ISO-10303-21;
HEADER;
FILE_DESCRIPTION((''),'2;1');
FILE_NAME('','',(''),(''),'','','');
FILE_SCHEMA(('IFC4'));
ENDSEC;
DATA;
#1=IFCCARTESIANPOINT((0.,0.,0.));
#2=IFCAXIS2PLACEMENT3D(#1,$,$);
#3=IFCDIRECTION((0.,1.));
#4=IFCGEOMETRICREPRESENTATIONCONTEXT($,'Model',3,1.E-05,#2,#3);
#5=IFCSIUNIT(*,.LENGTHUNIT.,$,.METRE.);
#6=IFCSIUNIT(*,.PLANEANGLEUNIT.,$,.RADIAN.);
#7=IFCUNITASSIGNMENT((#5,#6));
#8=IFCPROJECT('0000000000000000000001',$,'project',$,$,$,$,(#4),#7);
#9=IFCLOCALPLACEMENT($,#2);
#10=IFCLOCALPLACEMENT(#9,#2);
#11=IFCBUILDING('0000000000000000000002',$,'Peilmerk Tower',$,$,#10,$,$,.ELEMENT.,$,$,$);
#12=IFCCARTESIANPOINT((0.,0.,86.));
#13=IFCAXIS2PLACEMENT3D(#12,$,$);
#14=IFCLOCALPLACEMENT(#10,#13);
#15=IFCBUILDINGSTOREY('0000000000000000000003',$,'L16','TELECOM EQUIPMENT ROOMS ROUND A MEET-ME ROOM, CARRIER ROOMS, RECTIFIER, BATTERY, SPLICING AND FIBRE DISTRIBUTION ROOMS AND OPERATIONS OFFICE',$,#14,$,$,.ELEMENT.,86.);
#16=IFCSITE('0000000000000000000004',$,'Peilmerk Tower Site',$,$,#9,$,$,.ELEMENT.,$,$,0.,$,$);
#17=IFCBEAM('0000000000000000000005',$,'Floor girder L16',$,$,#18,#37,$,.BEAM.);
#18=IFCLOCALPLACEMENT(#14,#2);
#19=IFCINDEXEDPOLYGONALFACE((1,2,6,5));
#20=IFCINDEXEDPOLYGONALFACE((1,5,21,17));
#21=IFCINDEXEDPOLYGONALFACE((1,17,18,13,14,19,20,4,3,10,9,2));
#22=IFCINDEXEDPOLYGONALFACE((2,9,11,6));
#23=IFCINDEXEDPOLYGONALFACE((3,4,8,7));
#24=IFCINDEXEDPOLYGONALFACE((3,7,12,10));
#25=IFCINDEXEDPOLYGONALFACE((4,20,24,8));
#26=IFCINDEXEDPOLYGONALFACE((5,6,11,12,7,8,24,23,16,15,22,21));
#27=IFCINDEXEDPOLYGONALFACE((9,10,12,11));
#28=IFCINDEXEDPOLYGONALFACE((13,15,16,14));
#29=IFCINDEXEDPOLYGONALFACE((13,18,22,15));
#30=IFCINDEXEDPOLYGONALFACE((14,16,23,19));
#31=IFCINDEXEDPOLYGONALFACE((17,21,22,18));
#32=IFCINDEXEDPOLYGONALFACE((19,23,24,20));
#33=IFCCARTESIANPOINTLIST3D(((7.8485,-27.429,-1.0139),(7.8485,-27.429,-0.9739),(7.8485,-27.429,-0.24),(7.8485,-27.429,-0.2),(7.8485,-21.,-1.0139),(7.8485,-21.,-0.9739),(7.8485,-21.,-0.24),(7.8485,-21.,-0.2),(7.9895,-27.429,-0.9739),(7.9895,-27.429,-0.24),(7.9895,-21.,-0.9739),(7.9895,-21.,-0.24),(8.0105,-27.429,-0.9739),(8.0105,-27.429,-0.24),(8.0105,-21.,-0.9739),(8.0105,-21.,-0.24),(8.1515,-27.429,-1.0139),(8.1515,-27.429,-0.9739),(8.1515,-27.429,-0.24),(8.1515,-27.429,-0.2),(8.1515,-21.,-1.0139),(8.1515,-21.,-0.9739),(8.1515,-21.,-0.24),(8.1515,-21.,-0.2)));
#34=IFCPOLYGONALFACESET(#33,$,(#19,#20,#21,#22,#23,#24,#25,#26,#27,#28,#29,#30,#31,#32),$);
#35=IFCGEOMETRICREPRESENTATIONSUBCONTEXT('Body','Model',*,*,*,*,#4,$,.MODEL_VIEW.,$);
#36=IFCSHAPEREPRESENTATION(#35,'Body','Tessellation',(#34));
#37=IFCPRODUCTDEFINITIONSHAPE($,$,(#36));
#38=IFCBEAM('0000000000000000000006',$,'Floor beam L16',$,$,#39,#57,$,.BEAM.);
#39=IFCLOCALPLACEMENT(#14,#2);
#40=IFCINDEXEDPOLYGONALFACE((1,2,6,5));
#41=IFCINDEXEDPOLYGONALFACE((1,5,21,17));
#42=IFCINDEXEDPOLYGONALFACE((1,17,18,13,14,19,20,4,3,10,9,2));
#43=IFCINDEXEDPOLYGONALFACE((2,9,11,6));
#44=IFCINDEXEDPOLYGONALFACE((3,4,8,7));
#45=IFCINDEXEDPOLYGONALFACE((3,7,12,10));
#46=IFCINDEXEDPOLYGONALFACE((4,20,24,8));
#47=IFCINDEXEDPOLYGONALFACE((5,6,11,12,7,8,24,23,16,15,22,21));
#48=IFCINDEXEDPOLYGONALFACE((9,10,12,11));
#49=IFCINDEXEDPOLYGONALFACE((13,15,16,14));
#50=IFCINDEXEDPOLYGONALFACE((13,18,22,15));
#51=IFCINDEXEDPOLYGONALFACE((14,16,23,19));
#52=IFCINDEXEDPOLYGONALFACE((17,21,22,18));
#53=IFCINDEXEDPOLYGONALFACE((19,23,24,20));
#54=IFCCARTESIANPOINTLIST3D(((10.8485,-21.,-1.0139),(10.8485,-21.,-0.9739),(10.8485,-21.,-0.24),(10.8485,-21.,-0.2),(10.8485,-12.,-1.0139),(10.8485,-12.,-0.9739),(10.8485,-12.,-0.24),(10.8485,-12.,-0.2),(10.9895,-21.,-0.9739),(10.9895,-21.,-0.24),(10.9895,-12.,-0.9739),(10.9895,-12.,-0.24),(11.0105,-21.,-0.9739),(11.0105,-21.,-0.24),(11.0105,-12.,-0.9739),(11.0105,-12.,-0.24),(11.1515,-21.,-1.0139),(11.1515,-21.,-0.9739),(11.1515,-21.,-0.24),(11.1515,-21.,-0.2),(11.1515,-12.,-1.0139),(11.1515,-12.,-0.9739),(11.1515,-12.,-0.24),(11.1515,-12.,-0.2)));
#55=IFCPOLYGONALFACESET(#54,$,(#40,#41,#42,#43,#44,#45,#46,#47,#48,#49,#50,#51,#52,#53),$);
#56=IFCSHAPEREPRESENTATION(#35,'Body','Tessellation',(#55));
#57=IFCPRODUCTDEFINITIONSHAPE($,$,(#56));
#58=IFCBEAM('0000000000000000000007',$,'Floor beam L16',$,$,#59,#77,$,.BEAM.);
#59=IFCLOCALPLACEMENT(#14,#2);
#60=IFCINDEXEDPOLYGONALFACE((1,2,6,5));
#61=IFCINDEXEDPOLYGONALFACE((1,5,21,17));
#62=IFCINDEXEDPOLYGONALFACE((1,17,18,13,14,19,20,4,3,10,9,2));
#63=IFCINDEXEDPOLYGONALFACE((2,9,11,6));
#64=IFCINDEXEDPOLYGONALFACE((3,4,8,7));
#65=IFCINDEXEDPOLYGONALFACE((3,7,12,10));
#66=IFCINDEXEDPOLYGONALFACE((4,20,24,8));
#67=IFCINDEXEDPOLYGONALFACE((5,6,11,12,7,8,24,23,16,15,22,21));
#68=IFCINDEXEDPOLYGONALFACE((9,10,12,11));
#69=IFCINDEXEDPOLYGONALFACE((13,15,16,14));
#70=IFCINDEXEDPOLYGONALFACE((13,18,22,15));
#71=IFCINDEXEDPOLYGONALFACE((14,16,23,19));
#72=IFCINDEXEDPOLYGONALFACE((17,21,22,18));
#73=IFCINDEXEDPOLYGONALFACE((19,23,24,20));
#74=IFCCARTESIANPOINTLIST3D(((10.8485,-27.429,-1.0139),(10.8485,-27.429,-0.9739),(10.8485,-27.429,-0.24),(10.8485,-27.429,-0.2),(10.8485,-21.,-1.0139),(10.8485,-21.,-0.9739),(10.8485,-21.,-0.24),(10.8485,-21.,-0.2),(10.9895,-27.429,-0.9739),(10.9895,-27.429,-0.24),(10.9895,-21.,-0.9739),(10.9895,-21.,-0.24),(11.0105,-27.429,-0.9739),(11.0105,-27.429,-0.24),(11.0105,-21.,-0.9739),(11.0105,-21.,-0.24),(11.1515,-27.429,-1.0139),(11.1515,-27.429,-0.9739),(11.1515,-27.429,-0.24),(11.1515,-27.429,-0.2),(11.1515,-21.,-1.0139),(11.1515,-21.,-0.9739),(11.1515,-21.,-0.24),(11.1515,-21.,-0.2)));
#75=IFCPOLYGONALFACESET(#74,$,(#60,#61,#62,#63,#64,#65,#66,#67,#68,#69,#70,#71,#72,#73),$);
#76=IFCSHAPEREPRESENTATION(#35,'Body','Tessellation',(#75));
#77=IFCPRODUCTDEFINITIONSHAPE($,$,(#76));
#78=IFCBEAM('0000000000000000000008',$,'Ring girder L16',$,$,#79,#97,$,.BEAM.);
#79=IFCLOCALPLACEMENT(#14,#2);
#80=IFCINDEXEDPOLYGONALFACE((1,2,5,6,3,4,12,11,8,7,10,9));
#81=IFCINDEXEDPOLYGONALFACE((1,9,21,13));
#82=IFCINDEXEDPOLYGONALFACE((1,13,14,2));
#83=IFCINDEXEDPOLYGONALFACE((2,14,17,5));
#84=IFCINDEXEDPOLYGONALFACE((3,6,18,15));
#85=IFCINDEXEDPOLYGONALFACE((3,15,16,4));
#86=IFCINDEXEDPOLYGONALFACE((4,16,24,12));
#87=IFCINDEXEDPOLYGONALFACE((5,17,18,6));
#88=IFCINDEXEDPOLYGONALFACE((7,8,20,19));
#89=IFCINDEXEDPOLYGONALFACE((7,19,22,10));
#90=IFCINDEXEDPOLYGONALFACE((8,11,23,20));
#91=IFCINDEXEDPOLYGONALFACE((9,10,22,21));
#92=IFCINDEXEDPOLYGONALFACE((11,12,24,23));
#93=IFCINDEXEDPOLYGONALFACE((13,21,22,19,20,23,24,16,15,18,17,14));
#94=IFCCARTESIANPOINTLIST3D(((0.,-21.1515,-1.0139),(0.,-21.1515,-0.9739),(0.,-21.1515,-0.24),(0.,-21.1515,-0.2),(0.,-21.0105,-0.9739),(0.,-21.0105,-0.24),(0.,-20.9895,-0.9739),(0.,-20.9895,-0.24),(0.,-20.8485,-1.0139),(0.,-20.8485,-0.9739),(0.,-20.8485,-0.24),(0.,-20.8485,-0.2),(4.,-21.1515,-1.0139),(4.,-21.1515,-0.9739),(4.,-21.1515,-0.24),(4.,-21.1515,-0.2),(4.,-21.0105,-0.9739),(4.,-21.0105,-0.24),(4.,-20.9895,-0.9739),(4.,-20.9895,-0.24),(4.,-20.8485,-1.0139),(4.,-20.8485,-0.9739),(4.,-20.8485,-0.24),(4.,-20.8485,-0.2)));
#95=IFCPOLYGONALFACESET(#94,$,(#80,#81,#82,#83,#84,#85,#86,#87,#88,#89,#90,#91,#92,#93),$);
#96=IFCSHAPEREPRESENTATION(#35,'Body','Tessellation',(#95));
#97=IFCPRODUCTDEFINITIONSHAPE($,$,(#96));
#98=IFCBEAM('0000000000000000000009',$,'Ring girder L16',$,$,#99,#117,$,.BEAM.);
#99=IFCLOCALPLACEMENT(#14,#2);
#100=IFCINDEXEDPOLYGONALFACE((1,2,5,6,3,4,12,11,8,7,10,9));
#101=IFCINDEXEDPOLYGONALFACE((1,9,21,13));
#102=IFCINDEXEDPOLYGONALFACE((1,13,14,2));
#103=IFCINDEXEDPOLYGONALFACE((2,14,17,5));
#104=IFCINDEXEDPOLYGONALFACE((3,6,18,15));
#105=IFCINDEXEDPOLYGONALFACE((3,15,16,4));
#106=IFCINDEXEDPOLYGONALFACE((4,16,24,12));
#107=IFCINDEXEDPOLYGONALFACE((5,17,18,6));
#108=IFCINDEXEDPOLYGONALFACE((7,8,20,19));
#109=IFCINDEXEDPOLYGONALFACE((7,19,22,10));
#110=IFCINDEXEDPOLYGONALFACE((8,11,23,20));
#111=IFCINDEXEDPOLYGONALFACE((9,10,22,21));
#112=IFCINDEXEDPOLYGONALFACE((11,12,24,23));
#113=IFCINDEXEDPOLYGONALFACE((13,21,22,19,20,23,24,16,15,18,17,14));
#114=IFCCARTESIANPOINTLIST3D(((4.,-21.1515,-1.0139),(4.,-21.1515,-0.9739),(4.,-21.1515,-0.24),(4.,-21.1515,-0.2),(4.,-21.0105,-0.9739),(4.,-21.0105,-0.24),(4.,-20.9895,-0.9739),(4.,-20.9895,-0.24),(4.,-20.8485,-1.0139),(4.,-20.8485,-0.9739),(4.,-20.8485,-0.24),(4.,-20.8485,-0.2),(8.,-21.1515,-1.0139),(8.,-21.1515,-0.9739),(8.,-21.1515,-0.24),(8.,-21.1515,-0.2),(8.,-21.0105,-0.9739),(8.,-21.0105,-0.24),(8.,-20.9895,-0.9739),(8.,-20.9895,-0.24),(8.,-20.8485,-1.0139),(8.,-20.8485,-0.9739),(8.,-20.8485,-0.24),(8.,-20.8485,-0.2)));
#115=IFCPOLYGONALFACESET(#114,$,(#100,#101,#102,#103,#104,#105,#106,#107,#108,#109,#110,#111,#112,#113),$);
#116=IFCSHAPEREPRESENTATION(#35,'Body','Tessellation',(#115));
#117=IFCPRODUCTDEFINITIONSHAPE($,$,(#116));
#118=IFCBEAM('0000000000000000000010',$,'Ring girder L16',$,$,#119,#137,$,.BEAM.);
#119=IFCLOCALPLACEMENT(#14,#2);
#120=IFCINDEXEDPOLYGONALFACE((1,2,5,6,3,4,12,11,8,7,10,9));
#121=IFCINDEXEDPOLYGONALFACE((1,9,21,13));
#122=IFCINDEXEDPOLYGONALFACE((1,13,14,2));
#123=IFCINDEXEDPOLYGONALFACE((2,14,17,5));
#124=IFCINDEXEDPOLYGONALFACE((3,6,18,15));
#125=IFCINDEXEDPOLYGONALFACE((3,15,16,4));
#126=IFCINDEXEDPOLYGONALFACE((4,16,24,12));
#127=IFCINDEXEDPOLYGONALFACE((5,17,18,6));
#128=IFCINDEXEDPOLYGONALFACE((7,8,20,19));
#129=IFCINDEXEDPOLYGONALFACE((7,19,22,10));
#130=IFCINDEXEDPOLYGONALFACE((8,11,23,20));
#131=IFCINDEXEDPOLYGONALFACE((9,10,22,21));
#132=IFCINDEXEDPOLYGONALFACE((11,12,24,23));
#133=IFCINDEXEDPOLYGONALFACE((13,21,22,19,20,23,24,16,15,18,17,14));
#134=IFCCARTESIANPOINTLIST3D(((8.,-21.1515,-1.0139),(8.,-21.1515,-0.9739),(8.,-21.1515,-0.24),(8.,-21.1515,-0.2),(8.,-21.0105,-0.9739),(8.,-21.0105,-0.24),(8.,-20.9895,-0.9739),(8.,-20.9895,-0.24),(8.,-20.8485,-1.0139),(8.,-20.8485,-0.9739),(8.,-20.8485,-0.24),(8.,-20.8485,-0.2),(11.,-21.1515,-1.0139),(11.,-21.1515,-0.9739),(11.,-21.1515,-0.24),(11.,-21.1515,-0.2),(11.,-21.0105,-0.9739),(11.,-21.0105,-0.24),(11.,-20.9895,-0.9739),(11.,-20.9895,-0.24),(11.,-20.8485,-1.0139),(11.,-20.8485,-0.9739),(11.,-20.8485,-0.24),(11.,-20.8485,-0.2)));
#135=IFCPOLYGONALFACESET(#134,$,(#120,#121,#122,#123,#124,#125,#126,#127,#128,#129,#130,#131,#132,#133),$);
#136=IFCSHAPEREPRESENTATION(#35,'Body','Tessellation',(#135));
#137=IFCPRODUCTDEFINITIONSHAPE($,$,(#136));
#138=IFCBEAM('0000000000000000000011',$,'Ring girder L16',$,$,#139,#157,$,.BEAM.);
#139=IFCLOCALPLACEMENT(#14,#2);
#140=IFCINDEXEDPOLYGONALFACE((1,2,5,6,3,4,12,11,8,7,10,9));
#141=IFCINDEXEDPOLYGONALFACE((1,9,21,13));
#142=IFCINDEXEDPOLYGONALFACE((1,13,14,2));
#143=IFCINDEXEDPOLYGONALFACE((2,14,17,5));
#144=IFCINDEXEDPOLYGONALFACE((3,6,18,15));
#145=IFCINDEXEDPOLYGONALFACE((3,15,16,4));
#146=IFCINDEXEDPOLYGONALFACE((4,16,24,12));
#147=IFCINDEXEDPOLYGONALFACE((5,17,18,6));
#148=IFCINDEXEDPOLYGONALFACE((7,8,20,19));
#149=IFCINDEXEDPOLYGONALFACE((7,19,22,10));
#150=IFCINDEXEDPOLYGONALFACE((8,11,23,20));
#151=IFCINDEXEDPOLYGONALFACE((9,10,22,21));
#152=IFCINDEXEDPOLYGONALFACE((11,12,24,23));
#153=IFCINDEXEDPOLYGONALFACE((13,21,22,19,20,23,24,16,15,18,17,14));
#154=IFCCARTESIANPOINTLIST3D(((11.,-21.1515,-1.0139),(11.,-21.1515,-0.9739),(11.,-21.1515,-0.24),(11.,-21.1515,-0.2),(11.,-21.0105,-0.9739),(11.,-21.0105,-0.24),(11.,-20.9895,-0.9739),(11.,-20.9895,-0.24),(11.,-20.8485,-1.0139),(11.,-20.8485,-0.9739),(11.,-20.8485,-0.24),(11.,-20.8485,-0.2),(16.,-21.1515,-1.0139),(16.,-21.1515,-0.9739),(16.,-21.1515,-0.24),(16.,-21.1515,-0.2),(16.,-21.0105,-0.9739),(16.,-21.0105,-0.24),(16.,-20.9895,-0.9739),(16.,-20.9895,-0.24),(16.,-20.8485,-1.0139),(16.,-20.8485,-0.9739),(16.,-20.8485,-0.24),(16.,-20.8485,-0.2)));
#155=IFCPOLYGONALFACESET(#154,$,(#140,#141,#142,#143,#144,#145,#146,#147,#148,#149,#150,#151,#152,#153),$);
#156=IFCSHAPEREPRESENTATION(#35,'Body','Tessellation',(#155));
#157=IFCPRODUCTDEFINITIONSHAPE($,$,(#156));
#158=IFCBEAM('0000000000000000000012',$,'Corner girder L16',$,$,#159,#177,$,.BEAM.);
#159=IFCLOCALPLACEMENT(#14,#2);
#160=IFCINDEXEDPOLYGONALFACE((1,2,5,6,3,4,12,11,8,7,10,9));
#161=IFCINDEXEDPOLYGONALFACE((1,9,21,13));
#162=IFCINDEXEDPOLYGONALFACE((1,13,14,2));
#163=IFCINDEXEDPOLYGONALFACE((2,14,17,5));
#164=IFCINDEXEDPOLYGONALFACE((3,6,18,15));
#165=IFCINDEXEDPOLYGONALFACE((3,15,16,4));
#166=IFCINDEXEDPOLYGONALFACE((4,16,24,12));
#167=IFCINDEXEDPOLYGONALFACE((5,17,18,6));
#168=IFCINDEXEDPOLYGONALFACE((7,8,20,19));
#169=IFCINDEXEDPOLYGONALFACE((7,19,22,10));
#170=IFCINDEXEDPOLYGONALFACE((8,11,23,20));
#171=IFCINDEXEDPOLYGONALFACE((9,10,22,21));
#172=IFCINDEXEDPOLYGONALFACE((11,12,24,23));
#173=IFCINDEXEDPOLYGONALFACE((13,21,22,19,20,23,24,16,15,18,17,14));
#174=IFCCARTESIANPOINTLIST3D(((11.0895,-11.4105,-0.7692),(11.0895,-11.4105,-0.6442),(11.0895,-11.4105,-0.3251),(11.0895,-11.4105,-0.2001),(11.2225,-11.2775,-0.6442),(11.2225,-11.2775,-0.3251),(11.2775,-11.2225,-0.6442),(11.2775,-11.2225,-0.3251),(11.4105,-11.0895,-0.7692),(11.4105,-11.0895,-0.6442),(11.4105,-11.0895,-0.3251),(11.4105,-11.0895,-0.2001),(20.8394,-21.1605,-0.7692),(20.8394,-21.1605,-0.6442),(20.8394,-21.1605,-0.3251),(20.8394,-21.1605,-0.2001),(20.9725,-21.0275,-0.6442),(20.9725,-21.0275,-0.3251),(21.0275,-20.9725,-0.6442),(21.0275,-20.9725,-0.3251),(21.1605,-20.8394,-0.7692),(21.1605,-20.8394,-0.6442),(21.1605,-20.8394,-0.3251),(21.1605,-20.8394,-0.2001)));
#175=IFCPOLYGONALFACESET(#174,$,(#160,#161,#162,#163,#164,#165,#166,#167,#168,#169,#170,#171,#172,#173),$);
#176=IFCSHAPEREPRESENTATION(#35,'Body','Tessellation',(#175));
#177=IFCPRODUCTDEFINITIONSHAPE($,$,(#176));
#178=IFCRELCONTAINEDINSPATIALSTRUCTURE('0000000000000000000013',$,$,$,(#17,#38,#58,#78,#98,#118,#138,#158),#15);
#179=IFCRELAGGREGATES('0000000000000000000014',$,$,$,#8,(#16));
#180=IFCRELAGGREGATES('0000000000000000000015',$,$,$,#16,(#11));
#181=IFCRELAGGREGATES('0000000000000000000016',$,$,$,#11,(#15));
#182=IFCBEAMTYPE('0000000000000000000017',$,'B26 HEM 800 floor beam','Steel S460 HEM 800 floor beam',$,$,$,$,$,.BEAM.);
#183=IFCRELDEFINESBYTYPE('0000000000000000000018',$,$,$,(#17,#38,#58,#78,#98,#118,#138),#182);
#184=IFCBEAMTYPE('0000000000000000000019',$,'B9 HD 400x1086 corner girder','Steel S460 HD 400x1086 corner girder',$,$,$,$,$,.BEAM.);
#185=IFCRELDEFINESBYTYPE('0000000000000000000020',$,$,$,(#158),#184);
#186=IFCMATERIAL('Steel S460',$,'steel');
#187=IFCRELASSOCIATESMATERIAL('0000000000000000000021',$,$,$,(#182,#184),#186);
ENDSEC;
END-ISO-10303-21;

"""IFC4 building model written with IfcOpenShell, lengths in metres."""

from ifc_helpers import new_model, si_unit, direction, frame, origin, origin_2d, place, context, subcontext, project, spatial, i_section, extrude, material, material_profile, profile_set, type_object, element, save


model = new_model("IFC4")

# Units and contexts
model_context = context("Model", 3, precision=1e-05, world=origin(), true_north=direction((0.0, 1.0)))
body_context = subcontext(model_context, "Body", "Model", "MODEL_VIEW")
ifc_project = project(units=[si_unit("LENGTHUNIT", "METRE"), si_unit("PLANEANGLEUNIT", "RADIAN")], contexts=[model_context])

# Site, building, storey
site_placement = place(None, origin())
site = spatial("IfcSite", under=ifc_project, at=site_placement, Name="Peilmerk Tower Site", CompositionType="ELEMENT", RefElevation=0.0)
building_placement = place(site_placement, origin())
building = spatial("IfcBuilding", under=site, at=building_placement, Name="Peilmerk Tower", CompositionType="ELEMENT")
storey_placement = place(building_placement, frame((0.0, 0.0, 86.0)))
storey = spatial("IfcBuildingStorey", under=building, at=storey_placement, Name="L16", Description="TELECOM EQUIPMENT ROOMS ROUND A MEET-ME ROOM, CARRIER ROOMS, RECTIFIER, BATTERY, SPLICING AND FIBRE DISTRIBUTION ROOMS AND OPERATIONS OFFICE", CompositionType="ELEMENT", Elevation=86.0)

# Shared definitions
ifc_material_1 = material(Name="Steel S460", Category="steel")

# Beams
ifc_material_profile_1 = material_profile(ifc_material_1, i_section(OverallWidth=0.303, OverallDepth=0.814, WebThickness=0.021, FlangeThickness=0.04, at=origin_2d()), Name="HEM 800")
ifc_profile_set_1 = profile_set([ifc_material_profile_1], Name="Steel S460")
beam_type_1 = type_object("IfcBeamType", Name="B26 HEM 800 floor beam", Description="Steel S460 HEM 800 floor beam", PredefinedType="BEAM", material=ifc_profile_set_1)
for number, where, z_axis, x_axis, name in (
    (1, (8.0, -21.0, -0.6069), (0.0, -1.0, 0.0), (1.0, 0.0, 0.0), "Floor girder L16"),
):
    element("IfcBeam", number, at=place(storey_placement, frame(where, z_axis=z_axis, x_axis=x_axis)), inside=storey, type_object=beam_type_1, Name=name, PredefinedType="BEAM", context=body_context, shape_type="SweptSolid", body=[
        extrude(i_section(OverallWidth=0.303, OverallDepth=0.814, WebThickness=0.021, FlangeThickness=0.04, at=origin_2d()), origin(), (0.0, 0.0, 1.0), 6.429),
    ])
beam_1_placement = place(storey_placement, frame((11.0, -12.0, -0.6069), z_axis=(0.0, -1.0, 0.0), x_axis=(1.0, 0.0, 0.0)))
element("IfcBeam", 2, at=beam_1_placement, inside=storey, type_object=beam_type_1, Name="Floor beam L16", PredefinedType="BEAM", context=body_context, shape_type="SweptSolid", body=[
    extrude(i_section(OverallWidth=0.303, OverallDepth=0.814, WebThickness=0.021, FlangeThickness=0.04, at=origin_2d()), origin(), (0.0, 0.0, 1.0), 9.0),
])
beam_2_placement = place(storey_placement, frame((11.0, -21.0, -0.6069), z_axis=(0.0, -1.0, 0.0), x_axis=(1.0, 0.0, 0.0)))
element("IfcBeam", 3, at=beam_2_placement, inside=storey, type_object=beam_type_1, Name="Floor beam L16", PredefinedType="BEAM", context=body_context, shape_type="SweptSolid", body=[
    extrude(i_section(OverallWidth=0.303, OverallDepth=0.814, WebThickness=0.021, FlangeThickness=0.04, at=origin_2d()), origin(), (0.0, 0.0, 1.0), 6.429),
])
for number, where, z_axis, x_axis, name in (
    (4, (0.0, -21.0, -0.6069), (1.0, 0.0, 0.0), (0.0, 1.0, 0.0), "Ring girder L16"),
    (5, (4.0, -21.0, -0.6069), (1.0, 0.0, 0.0), (0.0, 1.0, 0.0), "Ring girder L16"),
):
    element("IfcBeam", number, at=place(storey_placement, frame(where, z_axis=z_axis, x_axis=x_axis)), inside=storey, type_object=beam_type_1, Name=name, PredefinedType="BEAM", context=body_context, shape_type="SweptSolid", body=[
        extrude(i_section(OverallWidth=0.303, OverallDepth=0.814, WebThickness=0.021, FlangeThickness=0.04, at=origin_2d()), origin(), (0.0, 0.0, 1.0), 4.0),
    ])
beam_3_placement = place(storey_placement, frame((8.0, -21.0, -0.6069), z_axis=(1.0, 0.0, 0.0), x_axis=(0.0, 1.0, 0.0)))
element("IfcBeam", 6, at=beam_3_placement, inside=storey, type_object=beam_type_1, Name="Ring girder L16", PredefinedType="BEAM", context=body_context, shape_type="SweptSolid", body=[
    extrude(i_section(OverallWidth=0.303, OverallDepth=0.814, WebThickness=0.021, FlangeThickness=0.04, at=origin_2d()), origin(), (0.0, 0.0, 1.0), 3.0),
])
beam_4_placement = place(storey_placement, frame((11.0, -21.0, -0.6069), z_axis=(1.0, 0.0, 0.0), x_axis=(0.0, 1.0, 0.0)))
element("IfcBeam", 7, at=beam_4_placement, inside=storey, type_object=beam_type_1, Name="Ring girder L16", PredefinedType="BEAM", context=body_context, shape_type="SweptSolid", body=[
    extrude(i_section(OverallWidth=0.303, OverallDepth=0.814, WebThickness=0.021, FlangeThickness=0.04, at=origin_2d()), origin(), (0.0, 0.0, 1.0), 5.0),
])
ifc_material_profile_2 = material_profile(ifc_material_1, i_section(OverallWidth=0.4541, OverallDepth=0.5691, WebThickness=0.0779, FlangeThickness=0.125, at=origin_2d()), Name="HD 400x1086")
ifc_profile_set_2 = profile_set([ifc_material_profile_2], Name="Steel S460")
beam_type_2 = type_object("IfcBeamType", Name="B9 HD 400x1086 corner girder", Description="Steel S460 HD 400x1086 corner girder", PredefinedType="BEAM", material=ifc_profile_set_2)
beam_5_placement = place(storey_placement, frame((11.25, -11.25, -0.4846), z_axis=(0.707107, -0.707107, 0.0), x_axis=(0.707107, 0.707107, 0.0)))
element("IfcBeam", 8, at=beam_5_placement, inside=storey, type_object=beam_type_2, Name="Corner girder L16", PredefinedType="BEAM", context=body_context, shape_type="SweptSolid", body=[
    extrude(i_section(OverallWidth=0.4541, OverallDepth=0.5691, WebThickness=0.0779, FlangeThickness=0.125, at=origin_2d()), origin(), (0.0, 0.0, 1.0), 13.7886),
])

save(model, "model.ifc")
